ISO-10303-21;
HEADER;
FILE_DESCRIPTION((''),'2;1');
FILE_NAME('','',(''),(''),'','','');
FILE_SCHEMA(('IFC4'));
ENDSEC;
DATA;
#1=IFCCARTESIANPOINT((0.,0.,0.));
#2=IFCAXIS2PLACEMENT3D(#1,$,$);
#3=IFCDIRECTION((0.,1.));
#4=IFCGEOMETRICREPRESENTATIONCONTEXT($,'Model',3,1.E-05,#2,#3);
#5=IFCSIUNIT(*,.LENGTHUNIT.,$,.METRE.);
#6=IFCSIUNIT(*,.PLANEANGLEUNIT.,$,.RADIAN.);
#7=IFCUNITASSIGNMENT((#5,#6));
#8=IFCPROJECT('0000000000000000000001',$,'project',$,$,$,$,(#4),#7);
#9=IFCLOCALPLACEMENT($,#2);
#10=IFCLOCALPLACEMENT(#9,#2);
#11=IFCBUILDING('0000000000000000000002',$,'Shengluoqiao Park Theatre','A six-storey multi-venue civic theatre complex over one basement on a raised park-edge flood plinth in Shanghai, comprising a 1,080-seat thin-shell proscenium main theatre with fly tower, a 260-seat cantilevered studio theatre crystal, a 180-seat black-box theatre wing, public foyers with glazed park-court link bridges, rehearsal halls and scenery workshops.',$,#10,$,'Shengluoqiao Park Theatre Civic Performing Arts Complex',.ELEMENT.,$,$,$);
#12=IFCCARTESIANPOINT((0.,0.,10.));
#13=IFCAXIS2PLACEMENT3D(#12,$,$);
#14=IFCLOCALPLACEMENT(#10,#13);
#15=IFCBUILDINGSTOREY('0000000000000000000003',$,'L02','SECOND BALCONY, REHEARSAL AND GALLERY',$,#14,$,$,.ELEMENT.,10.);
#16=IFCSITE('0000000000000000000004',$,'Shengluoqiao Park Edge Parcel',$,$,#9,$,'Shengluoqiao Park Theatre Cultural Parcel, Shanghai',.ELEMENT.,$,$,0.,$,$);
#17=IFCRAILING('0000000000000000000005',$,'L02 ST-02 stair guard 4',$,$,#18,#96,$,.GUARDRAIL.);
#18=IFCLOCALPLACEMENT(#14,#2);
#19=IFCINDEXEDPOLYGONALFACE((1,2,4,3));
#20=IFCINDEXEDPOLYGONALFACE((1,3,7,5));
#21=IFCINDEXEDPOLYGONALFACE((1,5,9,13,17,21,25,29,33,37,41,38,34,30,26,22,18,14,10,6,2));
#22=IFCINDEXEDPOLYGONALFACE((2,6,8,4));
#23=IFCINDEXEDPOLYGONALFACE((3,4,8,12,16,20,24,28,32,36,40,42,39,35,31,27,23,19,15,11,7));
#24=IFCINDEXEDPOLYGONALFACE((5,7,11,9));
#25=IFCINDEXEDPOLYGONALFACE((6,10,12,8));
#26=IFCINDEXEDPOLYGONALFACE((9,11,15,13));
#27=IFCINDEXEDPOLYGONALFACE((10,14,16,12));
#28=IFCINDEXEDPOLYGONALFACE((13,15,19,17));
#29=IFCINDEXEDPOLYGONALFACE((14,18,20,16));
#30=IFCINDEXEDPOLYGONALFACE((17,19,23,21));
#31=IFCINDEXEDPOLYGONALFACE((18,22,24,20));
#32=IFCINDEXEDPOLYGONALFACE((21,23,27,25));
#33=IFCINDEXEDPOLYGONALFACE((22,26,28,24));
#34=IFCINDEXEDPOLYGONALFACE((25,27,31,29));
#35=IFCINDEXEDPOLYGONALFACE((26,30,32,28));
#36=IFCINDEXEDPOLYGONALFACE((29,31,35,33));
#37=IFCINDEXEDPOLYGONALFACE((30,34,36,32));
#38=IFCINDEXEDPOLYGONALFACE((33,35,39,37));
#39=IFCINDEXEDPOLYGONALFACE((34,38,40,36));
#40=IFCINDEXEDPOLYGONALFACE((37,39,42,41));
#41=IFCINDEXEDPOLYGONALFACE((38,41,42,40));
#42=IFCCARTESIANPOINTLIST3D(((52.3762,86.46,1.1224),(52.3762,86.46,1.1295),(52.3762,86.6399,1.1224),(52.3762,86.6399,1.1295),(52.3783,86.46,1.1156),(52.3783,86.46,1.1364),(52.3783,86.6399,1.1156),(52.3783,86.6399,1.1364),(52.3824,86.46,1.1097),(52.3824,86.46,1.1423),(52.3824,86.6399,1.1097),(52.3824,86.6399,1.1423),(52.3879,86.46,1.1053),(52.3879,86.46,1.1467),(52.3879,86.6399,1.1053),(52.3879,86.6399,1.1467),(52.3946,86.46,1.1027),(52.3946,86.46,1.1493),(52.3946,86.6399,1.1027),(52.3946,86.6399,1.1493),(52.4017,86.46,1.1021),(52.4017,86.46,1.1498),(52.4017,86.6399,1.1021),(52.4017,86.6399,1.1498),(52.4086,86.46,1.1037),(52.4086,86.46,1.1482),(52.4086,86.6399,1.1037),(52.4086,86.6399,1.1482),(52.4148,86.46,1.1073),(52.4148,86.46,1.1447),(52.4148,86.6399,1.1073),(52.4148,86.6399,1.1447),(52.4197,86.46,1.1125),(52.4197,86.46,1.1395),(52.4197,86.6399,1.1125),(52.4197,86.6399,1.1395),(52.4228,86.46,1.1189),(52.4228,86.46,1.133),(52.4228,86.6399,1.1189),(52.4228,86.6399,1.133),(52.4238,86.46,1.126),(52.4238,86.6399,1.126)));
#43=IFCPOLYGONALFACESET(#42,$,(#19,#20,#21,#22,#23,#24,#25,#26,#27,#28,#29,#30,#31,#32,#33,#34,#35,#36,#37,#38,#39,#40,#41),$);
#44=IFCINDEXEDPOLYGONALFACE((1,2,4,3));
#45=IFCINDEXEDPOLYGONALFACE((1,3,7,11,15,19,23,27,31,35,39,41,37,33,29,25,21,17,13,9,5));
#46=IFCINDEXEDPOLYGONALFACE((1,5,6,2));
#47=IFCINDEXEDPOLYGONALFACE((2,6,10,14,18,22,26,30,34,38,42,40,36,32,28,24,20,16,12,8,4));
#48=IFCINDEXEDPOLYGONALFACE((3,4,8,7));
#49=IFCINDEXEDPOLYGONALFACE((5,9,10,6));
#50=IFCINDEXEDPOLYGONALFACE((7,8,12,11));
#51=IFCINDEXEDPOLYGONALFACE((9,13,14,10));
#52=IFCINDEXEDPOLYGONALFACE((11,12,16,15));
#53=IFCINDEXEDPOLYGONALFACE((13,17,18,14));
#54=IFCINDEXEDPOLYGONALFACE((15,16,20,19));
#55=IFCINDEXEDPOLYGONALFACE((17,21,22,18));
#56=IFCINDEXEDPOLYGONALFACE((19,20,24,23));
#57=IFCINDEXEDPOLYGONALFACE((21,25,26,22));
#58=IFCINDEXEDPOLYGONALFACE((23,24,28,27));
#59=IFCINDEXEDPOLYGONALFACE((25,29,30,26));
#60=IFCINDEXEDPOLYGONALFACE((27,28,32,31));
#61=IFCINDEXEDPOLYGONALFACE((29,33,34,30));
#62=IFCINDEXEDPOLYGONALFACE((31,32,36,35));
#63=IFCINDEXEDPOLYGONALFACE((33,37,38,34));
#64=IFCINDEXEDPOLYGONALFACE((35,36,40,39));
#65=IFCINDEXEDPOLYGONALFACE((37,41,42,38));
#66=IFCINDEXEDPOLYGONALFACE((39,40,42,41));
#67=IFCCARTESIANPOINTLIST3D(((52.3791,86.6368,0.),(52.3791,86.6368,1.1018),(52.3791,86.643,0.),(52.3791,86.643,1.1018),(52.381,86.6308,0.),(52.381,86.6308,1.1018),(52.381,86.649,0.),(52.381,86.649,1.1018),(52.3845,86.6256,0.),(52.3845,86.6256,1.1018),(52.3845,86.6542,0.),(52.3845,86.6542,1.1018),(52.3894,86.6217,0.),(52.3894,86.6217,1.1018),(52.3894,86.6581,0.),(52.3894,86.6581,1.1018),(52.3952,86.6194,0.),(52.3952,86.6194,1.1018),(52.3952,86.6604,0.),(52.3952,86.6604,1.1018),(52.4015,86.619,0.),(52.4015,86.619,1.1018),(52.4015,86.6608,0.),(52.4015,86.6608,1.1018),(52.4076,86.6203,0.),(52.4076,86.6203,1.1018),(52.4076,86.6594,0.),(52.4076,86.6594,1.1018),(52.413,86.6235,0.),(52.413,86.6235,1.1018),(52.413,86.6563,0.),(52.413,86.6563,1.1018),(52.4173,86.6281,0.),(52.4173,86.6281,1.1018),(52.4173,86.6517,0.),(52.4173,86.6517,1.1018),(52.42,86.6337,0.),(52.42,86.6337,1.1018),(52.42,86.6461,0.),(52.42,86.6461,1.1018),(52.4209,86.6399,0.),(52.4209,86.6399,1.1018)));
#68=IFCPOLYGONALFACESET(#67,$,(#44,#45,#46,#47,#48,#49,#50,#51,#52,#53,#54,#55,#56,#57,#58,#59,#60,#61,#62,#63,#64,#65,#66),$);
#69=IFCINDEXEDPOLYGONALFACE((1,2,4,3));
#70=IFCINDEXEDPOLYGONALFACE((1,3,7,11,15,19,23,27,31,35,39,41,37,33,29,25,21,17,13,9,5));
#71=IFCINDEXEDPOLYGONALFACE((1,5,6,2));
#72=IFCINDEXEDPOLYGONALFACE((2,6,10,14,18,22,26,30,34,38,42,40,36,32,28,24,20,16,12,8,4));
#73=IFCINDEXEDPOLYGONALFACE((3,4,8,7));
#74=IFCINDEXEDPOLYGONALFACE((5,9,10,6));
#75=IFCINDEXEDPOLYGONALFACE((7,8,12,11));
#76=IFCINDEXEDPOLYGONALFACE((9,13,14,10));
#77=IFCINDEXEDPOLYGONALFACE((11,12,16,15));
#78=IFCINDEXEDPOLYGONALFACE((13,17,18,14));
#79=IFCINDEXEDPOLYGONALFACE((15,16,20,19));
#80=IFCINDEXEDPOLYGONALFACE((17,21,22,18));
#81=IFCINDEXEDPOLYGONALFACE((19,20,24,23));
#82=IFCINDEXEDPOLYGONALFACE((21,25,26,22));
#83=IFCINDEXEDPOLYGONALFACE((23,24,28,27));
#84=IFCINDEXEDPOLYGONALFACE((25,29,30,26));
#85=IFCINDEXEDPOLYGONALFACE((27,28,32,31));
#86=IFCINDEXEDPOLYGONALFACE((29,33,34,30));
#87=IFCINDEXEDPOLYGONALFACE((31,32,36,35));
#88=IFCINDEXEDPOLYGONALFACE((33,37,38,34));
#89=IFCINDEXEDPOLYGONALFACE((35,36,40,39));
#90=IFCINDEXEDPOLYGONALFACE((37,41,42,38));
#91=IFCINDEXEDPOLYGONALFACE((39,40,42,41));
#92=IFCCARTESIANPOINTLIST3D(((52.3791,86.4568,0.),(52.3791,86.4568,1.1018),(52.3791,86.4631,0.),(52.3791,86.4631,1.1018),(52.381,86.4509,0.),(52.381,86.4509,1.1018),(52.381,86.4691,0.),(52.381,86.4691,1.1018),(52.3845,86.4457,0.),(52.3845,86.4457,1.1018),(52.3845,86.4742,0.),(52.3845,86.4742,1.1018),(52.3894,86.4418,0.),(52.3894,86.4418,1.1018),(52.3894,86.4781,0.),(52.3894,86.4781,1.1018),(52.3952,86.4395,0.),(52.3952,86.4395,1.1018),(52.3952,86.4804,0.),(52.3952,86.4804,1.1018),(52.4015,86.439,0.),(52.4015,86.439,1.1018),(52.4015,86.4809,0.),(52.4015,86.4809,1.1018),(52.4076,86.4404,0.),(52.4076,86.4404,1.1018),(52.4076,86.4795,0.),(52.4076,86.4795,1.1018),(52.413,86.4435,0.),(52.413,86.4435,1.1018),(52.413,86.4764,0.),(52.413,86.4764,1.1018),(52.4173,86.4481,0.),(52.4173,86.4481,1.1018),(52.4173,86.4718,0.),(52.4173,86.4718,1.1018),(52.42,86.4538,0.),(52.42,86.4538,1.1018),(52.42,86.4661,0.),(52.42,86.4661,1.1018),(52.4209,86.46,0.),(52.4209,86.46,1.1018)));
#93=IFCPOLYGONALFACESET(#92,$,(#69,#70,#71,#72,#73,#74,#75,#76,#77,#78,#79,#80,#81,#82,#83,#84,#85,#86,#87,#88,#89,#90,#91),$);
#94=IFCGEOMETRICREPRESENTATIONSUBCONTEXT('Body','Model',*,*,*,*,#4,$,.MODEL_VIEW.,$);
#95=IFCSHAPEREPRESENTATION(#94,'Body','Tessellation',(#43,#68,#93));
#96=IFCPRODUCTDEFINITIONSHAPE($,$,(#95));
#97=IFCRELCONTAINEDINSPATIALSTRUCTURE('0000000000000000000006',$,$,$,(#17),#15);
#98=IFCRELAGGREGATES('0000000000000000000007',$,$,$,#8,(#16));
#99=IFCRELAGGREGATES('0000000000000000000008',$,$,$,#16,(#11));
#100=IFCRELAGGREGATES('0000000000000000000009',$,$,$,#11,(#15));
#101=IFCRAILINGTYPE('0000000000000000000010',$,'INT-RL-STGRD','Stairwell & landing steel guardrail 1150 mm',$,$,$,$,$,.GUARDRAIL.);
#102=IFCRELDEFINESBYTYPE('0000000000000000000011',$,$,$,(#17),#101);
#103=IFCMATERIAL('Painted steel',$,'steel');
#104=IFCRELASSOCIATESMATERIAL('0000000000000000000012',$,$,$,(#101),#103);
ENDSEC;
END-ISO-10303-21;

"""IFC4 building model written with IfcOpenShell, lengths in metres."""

from ifc_helpers import new_model, si_unit, direction, frame, origin, origin_2d, place, context, subcontext, project, spatial, circle, extrude, material, type_object, element, save


model = new_model("IFC4")

# Units and contexts
model_context = context("Model", 3, precision=1e-05, world=origin(), true_north=direction((0.0, 1.0)))
body_context = subcontext(model_context, "Body", "Model", "MODEL_VIEW")
ifc_project = project(units=[si_unit("LENGTHUNIT", "METRE"), si_unit("PLANEANGLEUNIT", "RADIAN")], contexts=[model_context])

# Site, building, storey
site_placement = place(None, origin())
site = spatial("IfcSite", under=ifc_project, at=site_placement, Name="Shengluoqiao Park Edge Parcel", LongName="Shengluoqiao Park Theatre Cultural Parcel, Shanghai", CompositionType="ELEMENT", RefElevation=0.0)
building_placement = place(site_placement, origin())
building = spatial("IfcBuilding", under=site, at=building_placement, Name="Shengluoqiao Park Theatre", Description="A six-storey multi-venue civic theatre complex over one basement on a raised park-edge flood plinth in Shanghai, comprising a 1,080-seat thin-shell proscenium main theatre with fly tower, a 260-seat cantilevered studio theatre crystal, a 180-seat black-box theatre wing, public foyers with glazed park-court link bridges, rehearsal halls and scenery workshops.", LongName="Shengluoqiao Park Theatre Civic Performing Arts Complex", CompositionType="ELEMENT")
storey_placement = place(building_placement, frame((0.0, 0.0, 10.0)))
storey = spatial("IfcBuildingStorey", under=building, at=storey_placement, Name="L02", Description="SECOND BALCONY, REHEARSAL AND GALLERY", CompositionType="ELEMENT", Elevation=10.0)

# Railing
ifc_material_1 = material(Name="Painted steel", Category="steel")
railing_type_1 = type_object("IfcRailingType", Name="INT-RL-STGRD", Description="Stairwell & landing steel guardrail 1150 mm", PredefinedType="GUARDRAIL", material=ifc_material_1)
railing_1_placement = place(storey_placement, frame((52.3999, 86.6399, 0.0)))
element("IfcRailing", 1, at=railing_1_placement, inside=storey, type_object=railing_type_1, Name="L02 ST-02 stair guard 4", PredefinedType="GUARDRAIL", context=body_context, shape_type="SweptSolid", body=[
    extrude(circle(Radius=0.0239, at=origin_2d()), frame((0.0, 0.0, 1.126), z_axis=(0.0, -1.0, 0.0), x_axis=(1.0, 0.0, 0.0)), (0.0, 0.0, 1.0), 0.1799),
    extrude(circle(Radius=0.021, at=origin_2d()), origin(), (0.0, 0.0, 1.0), 1.1018),
    extrude(circle(Radius=0.021, at=origin_2d()), frame((0.0, -0.1799, 0.0)), (0.0, 0.0, 1.0), 1.1018),
])

save(model, "model.ifc")
